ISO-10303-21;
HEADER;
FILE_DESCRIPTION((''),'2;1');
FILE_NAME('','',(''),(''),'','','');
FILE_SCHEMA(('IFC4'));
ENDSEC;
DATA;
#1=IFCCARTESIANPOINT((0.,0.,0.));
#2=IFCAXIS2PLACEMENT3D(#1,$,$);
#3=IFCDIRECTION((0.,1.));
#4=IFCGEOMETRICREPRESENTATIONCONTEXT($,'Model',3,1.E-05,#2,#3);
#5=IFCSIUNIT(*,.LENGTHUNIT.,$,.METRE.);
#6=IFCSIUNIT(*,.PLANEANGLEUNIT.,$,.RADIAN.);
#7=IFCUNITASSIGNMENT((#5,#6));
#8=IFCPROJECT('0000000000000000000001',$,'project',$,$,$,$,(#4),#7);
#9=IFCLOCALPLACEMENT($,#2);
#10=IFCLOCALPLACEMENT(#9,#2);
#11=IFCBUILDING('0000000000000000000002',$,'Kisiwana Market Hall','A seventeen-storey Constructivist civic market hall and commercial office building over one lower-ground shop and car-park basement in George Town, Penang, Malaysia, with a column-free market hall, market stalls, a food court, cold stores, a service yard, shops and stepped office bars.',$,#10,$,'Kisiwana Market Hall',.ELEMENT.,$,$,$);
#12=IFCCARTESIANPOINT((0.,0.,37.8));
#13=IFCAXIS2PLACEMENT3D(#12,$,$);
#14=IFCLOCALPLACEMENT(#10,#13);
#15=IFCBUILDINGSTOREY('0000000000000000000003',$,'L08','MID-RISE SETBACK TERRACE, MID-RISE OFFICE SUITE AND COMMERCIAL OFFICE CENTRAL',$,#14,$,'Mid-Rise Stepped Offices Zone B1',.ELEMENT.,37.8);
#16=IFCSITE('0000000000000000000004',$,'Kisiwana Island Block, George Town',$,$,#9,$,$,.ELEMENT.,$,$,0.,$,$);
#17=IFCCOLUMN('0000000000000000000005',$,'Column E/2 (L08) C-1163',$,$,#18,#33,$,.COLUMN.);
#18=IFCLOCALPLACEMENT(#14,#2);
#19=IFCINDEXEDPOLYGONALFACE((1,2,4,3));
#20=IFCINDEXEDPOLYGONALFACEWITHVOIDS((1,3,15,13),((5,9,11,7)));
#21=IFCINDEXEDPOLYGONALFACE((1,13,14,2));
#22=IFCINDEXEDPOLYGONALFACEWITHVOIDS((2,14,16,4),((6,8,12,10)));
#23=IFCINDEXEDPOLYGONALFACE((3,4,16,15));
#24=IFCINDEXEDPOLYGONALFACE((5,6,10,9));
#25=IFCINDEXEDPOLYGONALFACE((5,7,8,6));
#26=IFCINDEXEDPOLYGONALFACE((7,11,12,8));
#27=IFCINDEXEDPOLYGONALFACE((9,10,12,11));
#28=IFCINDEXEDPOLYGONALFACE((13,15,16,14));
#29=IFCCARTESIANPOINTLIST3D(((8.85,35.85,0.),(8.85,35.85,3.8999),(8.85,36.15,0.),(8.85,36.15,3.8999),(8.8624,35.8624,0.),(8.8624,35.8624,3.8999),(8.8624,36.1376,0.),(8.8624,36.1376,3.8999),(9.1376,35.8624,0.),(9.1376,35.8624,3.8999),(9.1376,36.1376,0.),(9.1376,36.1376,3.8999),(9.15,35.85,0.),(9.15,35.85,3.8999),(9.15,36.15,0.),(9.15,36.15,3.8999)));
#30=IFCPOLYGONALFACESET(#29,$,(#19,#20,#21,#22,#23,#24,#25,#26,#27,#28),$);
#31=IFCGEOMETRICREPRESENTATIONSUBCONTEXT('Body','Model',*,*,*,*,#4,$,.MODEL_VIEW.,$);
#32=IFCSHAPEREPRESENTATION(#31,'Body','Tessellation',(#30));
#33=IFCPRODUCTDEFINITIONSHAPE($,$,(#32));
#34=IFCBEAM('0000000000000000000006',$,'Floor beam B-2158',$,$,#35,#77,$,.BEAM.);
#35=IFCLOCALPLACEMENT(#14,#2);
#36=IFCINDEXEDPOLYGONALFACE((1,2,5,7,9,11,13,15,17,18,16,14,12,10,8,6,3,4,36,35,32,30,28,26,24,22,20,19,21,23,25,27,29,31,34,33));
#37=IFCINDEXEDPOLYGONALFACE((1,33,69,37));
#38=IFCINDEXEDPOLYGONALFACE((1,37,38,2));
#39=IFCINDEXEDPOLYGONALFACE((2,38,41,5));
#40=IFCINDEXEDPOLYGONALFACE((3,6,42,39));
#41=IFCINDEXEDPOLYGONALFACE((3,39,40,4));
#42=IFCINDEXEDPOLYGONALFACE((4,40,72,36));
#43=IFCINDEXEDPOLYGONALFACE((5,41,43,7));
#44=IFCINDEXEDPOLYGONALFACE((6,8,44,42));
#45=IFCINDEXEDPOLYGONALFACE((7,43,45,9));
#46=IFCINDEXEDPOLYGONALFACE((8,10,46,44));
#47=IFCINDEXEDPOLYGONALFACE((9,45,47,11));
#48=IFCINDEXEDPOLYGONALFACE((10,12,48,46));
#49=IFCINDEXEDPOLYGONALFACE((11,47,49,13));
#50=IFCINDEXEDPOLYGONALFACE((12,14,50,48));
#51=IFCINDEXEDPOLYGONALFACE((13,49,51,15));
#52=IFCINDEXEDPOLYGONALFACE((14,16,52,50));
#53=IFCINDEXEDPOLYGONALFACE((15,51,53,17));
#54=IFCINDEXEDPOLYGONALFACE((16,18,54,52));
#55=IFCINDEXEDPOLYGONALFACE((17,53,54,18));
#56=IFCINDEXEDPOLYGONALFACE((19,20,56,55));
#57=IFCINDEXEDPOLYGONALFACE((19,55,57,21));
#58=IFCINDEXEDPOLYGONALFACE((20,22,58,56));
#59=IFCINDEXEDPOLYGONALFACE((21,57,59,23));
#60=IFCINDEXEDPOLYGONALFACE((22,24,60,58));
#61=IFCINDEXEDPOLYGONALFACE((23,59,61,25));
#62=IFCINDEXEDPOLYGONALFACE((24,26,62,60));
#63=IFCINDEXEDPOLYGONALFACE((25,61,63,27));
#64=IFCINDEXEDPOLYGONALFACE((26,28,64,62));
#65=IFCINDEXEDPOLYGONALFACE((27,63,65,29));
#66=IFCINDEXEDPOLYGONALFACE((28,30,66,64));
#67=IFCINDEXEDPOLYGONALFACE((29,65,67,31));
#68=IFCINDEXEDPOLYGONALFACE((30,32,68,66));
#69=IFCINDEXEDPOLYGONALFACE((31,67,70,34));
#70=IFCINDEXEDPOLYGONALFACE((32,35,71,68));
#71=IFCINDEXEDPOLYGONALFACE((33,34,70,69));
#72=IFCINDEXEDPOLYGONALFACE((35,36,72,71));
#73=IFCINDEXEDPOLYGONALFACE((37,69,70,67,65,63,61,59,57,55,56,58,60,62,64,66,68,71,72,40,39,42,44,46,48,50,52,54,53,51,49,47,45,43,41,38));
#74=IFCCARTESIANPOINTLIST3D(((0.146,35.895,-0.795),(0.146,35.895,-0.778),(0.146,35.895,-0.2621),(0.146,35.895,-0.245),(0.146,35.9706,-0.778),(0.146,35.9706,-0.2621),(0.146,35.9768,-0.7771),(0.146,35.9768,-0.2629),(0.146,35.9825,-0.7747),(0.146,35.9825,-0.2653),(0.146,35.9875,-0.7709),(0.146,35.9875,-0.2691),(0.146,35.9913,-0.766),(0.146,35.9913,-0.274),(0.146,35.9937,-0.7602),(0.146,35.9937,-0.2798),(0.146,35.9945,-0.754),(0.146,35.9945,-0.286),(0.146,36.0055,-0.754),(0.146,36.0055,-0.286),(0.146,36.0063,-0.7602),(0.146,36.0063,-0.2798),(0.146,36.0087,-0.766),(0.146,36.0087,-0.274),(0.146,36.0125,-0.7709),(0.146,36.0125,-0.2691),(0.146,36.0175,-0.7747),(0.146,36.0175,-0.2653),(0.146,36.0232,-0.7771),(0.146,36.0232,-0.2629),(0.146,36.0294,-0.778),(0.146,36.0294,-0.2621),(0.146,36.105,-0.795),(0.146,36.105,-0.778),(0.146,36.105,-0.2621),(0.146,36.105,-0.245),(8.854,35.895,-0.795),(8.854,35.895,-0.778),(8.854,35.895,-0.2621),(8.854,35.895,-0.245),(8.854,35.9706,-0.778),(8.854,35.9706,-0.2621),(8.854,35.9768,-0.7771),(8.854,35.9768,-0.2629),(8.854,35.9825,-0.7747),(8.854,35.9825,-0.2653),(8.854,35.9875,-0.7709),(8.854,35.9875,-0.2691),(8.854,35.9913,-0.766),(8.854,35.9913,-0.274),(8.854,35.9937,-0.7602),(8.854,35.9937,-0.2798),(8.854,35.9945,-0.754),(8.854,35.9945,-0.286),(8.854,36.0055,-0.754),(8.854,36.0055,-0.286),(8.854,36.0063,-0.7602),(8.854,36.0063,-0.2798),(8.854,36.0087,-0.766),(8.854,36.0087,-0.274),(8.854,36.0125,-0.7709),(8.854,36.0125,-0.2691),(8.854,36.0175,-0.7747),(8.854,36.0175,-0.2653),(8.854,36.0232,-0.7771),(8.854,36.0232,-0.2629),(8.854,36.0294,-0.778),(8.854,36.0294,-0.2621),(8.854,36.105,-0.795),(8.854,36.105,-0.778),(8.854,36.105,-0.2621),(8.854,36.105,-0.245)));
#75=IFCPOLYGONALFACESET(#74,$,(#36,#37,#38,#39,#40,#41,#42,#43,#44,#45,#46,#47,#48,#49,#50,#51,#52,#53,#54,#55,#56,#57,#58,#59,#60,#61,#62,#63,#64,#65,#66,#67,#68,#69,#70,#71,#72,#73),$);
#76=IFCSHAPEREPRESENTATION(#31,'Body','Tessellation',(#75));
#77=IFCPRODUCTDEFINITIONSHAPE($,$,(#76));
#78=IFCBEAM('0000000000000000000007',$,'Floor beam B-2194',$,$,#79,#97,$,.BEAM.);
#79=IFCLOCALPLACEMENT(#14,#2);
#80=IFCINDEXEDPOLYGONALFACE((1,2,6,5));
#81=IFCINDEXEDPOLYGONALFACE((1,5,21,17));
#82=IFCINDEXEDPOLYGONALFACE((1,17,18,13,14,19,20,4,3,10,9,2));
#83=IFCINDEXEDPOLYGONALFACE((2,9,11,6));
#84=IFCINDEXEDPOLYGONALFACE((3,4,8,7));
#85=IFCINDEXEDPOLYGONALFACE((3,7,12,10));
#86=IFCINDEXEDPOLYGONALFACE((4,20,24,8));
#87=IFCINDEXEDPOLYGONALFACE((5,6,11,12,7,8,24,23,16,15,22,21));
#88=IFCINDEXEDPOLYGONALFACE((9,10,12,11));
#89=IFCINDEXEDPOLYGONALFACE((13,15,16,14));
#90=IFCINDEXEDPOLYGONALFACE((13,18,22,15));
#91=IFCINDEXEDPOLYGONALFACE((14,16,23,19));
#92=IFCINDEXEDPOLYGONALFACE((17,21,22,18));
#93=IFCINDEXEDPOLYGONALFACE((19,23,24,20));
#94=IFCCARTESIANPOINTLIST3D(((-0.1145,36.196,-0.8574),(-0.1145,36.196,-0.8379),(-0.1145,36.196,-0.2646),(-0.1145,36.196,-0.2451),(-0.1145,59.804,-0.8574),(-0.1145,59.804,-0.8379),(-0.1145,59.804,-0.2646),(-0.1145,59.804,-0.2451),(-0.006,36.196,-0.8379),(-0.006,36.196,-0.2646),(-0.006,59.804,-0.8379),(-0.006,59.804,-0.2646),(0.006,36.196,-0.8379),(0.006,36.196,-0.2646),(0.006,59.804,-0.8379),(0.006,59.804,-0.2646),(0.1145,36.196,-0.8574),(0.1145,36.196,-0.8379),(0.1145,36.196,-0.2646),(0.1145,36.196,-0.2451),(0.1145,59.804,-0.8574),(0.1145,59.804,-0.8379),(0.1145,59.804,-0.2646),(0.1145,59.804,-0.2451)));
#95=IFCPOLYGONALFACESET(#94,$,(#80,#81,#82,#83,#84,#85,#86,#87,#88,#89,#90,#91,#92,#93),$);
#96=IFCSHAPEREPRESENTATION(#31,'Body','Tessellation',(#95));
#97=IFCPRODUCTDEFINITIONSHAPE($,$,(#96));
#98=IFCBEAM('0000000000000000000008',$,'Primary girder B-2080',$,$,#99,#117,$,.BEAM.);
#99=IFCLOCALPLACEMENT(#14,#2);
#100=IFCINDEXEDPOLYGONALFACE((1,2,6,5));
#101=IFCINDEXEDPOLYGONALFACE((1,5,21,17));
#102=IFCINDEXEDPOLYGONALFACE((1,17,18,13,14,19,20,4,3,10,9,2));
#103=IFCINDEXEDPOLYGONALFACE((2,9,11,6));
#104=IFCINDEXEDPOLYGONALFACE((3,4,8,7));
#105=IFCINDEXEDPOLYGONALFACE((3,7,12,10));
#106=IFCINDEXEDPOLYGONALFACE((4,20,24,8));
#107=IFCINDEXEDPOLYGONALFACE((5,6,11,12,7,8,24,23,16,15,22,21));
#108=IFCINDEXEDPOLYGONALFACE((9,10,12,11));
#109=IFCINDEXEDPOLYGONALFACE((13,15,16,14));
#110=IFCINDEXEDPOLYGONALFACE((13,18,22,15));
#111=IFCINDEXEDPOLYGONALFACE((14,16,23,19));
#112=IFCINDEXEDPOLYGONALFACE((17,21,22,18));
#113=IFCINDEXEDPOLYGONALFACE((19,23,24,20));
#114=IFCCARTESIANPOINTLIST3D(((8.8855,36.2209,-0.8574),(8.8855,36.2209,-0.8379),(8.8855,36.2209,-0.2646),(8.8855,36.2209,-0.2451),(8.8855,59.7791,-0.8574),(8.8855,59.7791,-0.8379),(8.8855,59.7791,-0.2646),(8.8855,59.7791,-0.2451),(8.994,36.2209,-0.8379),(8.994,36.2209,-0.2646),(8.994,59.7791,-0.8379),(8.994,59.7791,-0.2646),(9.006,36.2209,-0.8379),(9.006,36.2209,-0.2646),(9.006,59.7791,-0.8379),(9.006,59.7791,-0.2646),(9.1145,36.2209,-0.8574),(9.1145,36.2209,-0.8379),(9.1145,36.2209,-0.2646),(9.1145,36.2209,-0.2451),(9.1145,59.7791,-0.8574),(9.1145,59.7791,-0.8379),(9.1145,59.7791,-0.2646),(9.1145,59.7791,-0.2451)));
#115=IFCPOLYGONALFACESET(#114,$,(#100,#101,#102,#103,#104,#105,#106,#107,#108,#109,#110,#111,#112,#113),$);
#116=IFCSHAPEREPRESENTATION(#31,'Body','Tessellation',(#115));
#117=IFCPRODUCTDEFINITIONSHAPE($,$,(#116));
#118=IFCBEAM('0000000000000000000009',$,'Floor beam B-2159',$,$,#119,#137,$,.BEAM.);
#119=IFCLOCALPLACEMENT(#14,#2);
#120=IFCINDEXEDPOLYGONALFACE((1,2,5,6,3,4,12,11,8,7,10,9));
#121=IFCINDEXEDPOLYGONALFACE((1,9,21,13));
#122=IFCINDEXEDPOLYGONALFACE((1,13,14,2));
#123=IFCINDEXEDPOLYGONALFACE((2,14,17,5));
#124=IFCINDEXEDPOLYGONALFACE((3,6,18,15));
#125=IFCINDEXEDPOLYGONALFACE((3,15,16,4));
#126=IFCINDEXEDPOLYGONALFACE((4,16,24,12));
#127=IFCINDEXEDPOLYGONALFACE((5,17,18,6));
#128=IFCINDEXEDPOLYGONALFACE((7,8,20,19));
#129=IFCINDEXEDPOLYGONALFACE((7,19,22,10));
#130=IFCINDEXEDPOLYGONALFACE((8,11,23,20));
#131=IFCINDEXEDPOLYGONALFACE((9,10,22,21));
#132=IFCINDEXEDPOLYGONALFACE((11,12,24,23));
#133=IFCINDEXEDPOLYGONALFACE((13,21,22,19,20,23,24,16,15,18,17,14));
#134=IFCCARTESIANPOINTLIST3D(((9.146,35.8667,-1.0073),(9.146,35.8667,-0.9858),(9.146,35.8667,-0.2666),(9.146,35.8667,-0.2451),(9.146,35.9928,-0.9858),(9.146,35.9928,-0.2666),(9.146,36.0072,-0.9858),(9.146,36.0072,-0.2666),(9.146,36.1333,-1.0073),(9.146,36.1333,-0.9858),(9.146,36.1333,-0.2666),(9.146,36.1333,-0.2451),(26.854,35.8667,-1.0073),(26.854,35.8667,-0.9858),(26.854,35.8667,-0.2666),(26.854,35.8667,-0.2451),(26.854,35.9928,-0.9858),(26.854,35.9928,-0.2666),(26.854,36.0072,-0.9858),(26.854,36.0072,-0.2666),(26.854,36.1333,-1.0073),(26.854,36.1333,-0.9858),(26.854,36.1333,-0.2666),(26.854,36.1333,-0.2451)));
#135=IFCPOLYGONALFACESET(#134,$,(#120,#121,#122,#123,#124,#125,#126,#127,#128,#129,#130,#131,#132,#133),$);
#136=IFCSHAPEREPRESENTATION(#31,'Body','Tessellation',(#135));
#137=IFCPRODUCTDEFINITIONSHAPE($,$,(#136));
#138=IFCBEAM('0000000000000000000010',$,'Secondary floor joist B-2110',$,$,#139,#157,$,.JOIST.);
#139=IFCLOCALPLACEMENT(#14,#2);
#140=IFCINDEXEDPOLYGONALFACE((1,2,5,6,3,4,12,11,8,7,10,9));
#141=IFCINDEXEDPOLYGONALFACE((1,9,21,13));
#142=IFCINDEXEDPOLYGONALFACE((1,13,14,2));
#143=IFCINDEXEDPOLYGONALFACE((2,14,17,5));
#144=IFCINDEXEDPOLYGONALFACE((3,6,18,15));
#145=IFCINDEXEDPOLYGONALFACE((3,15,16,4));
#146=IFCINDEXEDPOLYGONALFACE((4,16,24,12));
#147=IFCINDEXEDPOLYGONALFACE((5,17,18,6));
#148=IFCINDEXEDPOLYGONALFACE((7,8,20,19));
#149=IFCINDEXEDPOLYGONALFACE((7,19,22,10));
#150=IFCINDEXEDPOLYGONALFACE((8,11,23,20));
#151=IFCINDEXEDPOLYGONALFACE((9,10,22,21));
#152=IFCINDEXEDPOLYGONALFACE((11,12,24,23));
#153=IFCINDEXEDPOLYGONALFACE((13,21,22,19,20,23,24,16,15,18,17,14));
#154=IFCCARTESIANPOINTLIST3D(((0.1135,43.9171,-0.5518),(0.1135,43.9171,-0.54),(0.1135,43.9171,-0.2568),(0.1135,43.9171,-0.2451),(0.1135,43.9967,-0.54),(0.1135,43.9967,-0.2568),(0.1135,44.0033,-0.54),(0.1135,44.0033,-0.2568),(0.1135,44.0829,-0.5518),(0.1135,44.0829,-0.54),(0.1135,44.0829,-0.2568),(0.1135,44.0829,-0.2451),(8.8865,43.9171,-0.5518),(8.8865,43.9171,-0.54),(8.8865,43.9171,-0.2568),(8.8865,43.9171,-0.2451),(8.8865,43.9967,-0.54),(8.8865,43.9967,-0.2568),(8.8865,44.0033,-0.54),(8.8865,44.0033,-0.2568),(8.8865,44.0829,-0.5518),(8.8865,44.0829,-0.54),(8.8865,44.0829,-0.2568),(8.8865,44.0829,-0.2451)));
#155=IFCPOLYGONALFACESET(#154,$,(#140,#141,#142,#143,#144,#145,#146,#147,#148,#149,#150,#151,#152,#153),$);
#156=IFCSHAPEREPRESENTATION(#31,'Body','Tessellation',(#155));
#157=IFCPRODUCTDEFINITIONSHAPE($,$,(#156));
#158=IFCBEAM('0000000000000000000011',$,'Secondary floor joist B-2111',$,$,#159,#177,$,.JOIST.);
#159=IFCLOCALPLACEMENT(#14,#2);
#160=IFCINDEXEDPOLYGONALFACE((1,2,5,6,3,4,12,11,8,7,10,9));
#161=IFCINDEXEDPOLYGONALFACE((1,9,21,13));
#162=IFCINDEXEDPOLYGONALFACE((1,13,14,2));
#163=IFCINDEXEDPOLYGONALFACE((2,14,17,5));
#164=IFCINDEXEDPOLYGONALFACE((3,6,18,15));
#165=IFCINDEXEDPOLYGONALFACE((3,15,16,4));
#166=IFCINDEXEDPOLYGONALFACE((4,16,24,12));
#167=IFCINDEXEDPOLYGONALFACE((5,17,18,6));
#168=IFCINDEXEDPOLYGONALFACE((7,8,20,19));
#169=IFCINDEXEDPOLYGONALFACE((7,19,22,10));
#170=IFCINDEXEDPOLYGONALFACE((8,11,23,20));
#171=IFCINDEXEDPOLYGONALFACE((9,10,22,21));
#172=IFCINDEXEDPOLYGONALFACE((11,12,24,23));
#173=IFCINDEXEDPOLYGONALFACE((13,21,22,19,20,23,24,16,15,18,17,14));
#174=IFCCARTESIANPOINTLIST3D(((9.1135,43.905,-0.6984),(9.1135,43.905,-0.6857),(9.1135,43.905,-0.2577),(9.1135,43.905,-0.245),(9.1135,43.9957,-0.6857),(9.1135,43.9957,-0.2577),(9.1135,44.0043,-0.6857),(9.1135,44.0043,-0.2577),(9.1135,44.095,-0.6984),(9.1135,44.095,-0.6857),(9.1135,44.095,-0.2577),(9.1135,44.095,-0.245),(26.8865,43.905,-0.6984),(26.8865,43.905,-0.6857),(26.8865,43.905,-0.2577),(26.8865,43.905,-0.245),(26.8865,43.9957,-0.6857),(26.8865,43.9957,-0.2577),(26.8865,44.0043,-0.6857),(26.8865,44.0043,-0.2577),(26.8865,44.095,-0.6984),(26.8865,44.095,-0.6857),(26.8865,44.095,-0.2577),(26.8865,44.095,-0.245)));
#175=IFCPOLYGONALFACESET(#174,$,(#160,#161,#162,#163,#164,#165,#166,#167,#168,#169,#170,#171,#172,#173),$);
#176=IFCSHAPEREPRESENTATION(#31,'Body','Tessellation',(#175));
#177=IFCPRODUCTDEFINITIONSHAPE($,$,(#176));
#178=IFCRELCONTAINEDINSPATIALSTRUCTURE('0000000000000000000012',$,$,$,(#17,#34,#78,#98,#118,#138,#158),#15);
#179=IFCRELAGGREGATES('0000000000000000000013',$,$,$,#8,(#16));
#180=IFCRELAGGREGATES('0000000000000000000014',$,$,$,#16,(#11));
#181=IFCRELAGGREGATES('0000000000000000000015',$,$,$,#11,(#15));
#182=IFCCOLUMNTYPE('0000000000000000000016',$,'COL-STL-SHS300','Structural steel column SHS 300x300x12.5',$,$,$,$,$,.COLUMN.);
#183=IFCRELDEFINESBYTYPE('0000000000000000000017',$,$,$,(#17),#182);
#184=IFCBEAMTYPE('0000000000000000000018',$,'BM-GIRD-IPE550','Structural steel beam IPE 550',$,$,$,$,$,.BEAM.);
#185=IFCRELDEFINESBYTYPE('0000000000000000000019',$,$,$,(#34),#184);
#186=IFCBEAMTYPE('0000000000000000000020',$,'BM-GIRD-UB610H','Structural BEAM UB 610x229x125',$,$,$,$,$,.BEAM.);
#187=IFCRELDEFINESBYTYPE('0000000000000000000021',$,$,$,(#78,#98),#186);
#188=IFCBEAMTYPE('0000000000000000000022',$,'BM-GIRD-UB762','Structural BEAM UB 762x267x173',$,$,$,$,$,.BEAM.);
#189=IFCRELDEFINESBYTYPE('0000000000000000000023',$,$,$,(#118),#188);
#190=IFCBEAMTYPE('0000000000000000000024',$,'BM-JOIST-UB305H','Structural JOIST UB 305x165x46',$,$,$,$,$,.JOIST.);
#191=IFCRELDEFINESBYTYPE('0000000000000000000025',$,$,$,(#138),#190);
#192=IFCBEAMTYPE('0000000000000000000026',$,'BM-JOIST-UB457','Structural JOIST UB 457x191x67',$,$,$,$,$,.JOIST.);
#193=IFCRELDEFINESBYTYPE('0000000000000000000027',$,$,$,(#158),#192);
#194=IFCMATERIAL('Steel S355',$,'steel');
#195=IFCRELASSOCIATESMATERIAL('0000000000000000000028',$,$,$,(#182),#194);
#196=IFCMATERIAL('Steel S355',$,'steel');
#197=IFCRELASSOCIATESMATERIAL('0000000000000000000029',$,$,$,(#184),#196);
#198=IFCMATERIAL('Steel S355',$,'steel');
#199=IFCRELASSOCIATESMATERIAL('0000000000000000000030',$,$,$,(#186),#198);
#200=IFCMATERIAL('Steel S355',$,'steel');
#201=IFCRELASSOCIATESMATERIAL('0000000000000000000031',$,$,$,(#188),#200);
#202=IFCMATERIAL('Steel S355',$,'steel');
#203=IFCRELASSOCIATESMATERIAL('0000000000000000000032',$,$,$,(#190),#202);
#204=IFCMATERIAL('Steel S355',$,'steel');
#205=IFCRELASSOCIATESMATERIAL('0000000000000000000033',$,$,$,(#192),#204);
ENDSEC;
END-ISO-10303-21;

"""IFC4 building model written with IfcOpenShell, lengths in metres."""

from ifc_helpers import new_model, si_unit, direction, frame, origin, origin_2d, place, context, subcontext, project, spatial, hollow_rectangle, i_section, extrude, material, material_profile, profile_set, type_object, element, save


model = new_model("IFC4")

# Units and contexts
model_context = context("Model", 3, precision=1e-05, world=origin(), true_north=direction((0.0, 1.0)))
body_context = subcontext(model_context, "Body", "Model", "MODEL_VIEW")
ifc_project = project(units=[si_unit("LENGTHUNIT", "METRE"), si_unit("PLANEANGLEUNIT", "RADIAN")], contexts=[model_context])

# Site, building, storey
site_placement = place(None, origin())
site = spatial("IfcSite", under=ifc_project, at=site_placement, Name="Kisiwana Island Block, George Town", CompositionType="ELEMENT", RefElevation=0.0)
building_placement = place(site_placement, origin())
building = spatial("IfcBuilding", under=site, at=building_placement, Name="Kisiwana Market Hall", Description="A seventeen-storey Constructivist civic market hall and commercial office building over one lower-ground shop and car-park basement in George Town, Penang, Malaysia, with a column-free market hall, market stalls, a food court, cold stores, a service yard, shops and stepped office bars.", LongName="Kisiwana Market Hall", CompositionType="ELEMENT")
storey_placement = place(building_placement, frame((0.0, 0.0, 37.8)))
storey = spatial("IfcBuildingStorey", under=building, at=storey_placement, Name="L08", Description="MID-RISE SETBACK TERRACE, MID-RISE OFFICE SUITE AND COMMERCIAL OFFICE CENTRAL", LongName="Mid-Rise Stepped Offices Zone B1", CompositionType="ELEMENT", Elevation=37.8)

# Column
ifc_material_1 = material(Name="Steel S355", Category="steel")
ifc_material_profile_1 = material_profile(ifc_material_1, hollow_rectangle(XDim=0.3, YDim=0.3, WallThickness=0.0125, at=origin_2d()), Name="SHS 300x300x12.5")
ifc_profile_set_1 = profile_set([ifc_material_profile_1], Name="Steel S355")
column_type = type_object("IfcColumnType", Name="COL-STL-SHS300", Description="Structural steel column SHS 300x300x12.5", PredefinedType="COLUMN", material=ifc_profile_set_1)
column_placement = place(storey_placement, frame((9.0, 36.0, 0.0), z_axis=(0.0, 0.0, 1.0), x_axis=(1.0, 0.0, 0.0)))
element("IfcColumn", 1, at=column_placement, inside=storey, type_object=column_type, Name="Column E/2 (L08) C-1163", PredefinedType="COLUMN", context=body_context, shape_type="SweptSolid", body=[
    extrude(hollow_rectangle(XDim=0.3, YDim=0.3, WallThickness=0.0125, at=origin_2d()), origin(), (0.0, 0.0, 1.0), 3.8999),
])

# Beams
ifc_material_2 = material(Name="Steel S355", Category="steel")
ifc_material_profile_2 = material_profile(ifc_material_2, i_section(OverallWidth=0.21, OverallDepth=0.55, WebThickness=0.011, FlangeThickness=0.0171, FilletRadius=0.0239, at=origin_2d()), Name="IPE 550")
ifc_profile_set_2 = profile_set([ifc_material_profile_2], Name="Steel S355")
beam_type_1 = type_object("IfcBeamType", Name="BM-GIRD-IPE550", Description="Structural steel beam IPE 550", PredefinedType="BEAM", material=ifc_profile_set_2)
beam_1_placement = place(storey_placement, frame((0.146, 36.0, -0.52), z_axis=(1.0, 0.0, 0.0), x_axis=(0.0, 1.0, 0.0)))
element("IfcBeam", 2, at=beam_1_placement, inside=storey, type_object=beam_type_1, Name="Floor beam B-2158", PredefinedType="BEAM", context=body_context, shape_type="SweptSolid", body=[
    extrude(i_section(OverallWidth=0.21, OverallDepth=0.55, WebThickness=0.011, FlangeThickness=0.0171, FilletRadius=0.0239, at=origin_2d()), origin(), (0.0, 0.0, 1.0), 8.708),
])
ifc_material_3 = material(Name="Steel S355", Category="steel")
ifc_material_profile_3 = material_profile(ifc_material_3, i_section(OverallWidth=0.229, OverallDepth=0.6123, WebThickness=0.012, FlangeThickness=0.0195, at=origin_2d()), Name="UB 610x229x125")
ifc_profile_set_3 = profile_set([ifc_material_profile_3], Name="Steel S355")
beam_type_2 = type_object("IfcBeamType", Name="BM-GIRD-UB610H", Description="Structural BEAM UB 610x229x125", PredefinedType="BEAM", material=ifc_profile_set_3)
beam_2_placement = place(storey_placement, frame((0.0, 36.196, -0.5513), z_axis=(0.0, 1.0, 0.0), x_axis=(-1.0, 0.0, 0.0)))
element("IfcBeam", 3, at=beam_2_placement, inside=storey, type_object=beam_type_2, Name="Floor beam B-2194", PredefinedType="BEAM", context=body_context, shape_type="SweptSolid", body=[
    extrude(i_section(OverallWidth=0.229, OverallDepth=0.6123, WebThickness=0.012, FlangeThickness=0.0195, at=origin_2d()), origin(), (0.0, 0.0, 1.0), 23.6079),
])
beam_3_placement = place(storey_placement, frame((9.0, 36.2209, -0.5513), z_axis=(0.0, 1.0, 0.0), x_axis=(-1.0, 0.0, 0.0)))
element("IfcBeam", 4, at=beam_3_placement, inside=storey, type_object=beam_type_2, Name="Primary girder B-2080", PredefinedType="BEAM", context=body_context, shape_type="SweptSolid", body=[
    extrude(i_section(OverallWidth=0.229, OverallDepth=0.6123, WebThickness=0.012, FlangeThickness=0.0195, at=origin_2d()), origin(), (0.0, 0.0, 1.0), 23.5581),
])
ifc_material_4 = material(Name="Steel S355", Category="steel")
ifc_material_profile_4 = material_profile(ifc_material_4, i_section(OverallWidth=0.2666, OverallDepth=0.7622, WebThickness=0.0144, FlangeThickness=0.0215, at=origin_2d()), Name="UB 762x267x173")
ifc_profile_set_4 = profile_set([ifc_material_profile_4], Name="Steel S355")
beam_type_3 = type_object("IfcBeamType", Name="BM-GIRD-UB762", Description="Structural BEAM UB 762x267x173", PredefinedType="BEAM", material=ifc_profile_set_4)
beam_4_placement = place(storey_placement, frame((9.146, 36.0, -0.6262), z_axis=(1.0, 0.0, 0.0), x_axis=(0.0, 1.0, 0.0)))
element("IfcBeam", 5, at=beam_4_placement, inside=storey, type_object=beam_type_3, Name="Floor beam B-2159", PredefinedType="BEAM", context=body_context, shape_type="SweptSolid", body=[
    extrude(i_section(OverallWidth=0.2666, OverallDepth=0.7622, WebThickness=0.0144, FlangeThickness=0.0215, at=origin_2d()), origin(), (0.0, 0.0, 1.0), 17.708),
])
ifc_material_5 = material(Name="Steel S355", Category="steel")
ifc_material_profile_5 = material_profile(ifc_material_5, i_section(OverallWidth=0.1658, OverallDepth=0.3066, WebThickness=0.0066, FlangeThickness=0.0117, at=origin_2d()), Name="UB 305x165x46")
ifc_profile_set_5 = profile_set([ifc_material_profile_5], Name="Steel S355")
beam_type_4 = type_object("IfcBeamType", Name="BM-JOIST-UB305H", Description="Structural JOIST UB 305x165x46", PredefinedType="JOIST", material=ifc_profile_set_5)
beam_5_placement = place(storey_placement, frame((0.1135, 44.0, -0.3984), z_axis=(1.0, 0.0, 0.0), x_axis=(0.0, 1.0, 0.0)))
element("IfcBeam", 6, at=beam_5_placement, inside=storey, type_object=beam_type_4, Name="Secondary floor joist B-2110", PredefinedType="JOIST", context=body_context, shape_type="SweptSolid", body=[
    extrude(i_section(OverallWidth=0.1658, OverallDepth=0.3066, WebThickness=0.0066, FlangeThickness=0.0117, at=origin_2d()), origin(), (0.0, 0.0, 1.0), 8.7729),
])
ifc_material_6 = material(Name="Steel S355", Category="steel")
ifc_material_profile_6 = material_profile(ifc_material_6, i_section(OverallWidth=0.1899, OverallDepth=0.4534, WebThickness=0.0085, FlangeThickness=0.0127, at=origin_2d()), Name="UB 457x191x67")
ifc_profile_set_6 = profile_set([ifc_material_profile_6], Name="Steel S355")
beam_type_5 = type_object("IfcBeamType", Name="BM-JOIST-UB457", Description="Structural JOIST UB 457x191x67", PredefinedType="JOIST", material=ifc_profile_set_6)
beam_6_placement = place(storey_placement, frame((9.1135, 44.0, -0.4717), z_axis=(1.0, 0.0, 0.0), x_axis=(0.0, 1.0, 0.0)))
element("IfcBeam", 7, at=beam_6_placement, inside=storey, type_object=beam_type_5, Name="Secondary floor joist B-2111", PredefinedType="JOIST", context=body_context, shape_type="SweptSolid", body=[
    extrude(i_section(OverallWidth=0.1899, OverallDepth=0.4534, WebThickness=0.0085, FlangeThickness=0.0127, at=origin_2d()), origin(), (0.0, 0.0, 1.0), 17.7729),
])

save(model, "model.ifc")
